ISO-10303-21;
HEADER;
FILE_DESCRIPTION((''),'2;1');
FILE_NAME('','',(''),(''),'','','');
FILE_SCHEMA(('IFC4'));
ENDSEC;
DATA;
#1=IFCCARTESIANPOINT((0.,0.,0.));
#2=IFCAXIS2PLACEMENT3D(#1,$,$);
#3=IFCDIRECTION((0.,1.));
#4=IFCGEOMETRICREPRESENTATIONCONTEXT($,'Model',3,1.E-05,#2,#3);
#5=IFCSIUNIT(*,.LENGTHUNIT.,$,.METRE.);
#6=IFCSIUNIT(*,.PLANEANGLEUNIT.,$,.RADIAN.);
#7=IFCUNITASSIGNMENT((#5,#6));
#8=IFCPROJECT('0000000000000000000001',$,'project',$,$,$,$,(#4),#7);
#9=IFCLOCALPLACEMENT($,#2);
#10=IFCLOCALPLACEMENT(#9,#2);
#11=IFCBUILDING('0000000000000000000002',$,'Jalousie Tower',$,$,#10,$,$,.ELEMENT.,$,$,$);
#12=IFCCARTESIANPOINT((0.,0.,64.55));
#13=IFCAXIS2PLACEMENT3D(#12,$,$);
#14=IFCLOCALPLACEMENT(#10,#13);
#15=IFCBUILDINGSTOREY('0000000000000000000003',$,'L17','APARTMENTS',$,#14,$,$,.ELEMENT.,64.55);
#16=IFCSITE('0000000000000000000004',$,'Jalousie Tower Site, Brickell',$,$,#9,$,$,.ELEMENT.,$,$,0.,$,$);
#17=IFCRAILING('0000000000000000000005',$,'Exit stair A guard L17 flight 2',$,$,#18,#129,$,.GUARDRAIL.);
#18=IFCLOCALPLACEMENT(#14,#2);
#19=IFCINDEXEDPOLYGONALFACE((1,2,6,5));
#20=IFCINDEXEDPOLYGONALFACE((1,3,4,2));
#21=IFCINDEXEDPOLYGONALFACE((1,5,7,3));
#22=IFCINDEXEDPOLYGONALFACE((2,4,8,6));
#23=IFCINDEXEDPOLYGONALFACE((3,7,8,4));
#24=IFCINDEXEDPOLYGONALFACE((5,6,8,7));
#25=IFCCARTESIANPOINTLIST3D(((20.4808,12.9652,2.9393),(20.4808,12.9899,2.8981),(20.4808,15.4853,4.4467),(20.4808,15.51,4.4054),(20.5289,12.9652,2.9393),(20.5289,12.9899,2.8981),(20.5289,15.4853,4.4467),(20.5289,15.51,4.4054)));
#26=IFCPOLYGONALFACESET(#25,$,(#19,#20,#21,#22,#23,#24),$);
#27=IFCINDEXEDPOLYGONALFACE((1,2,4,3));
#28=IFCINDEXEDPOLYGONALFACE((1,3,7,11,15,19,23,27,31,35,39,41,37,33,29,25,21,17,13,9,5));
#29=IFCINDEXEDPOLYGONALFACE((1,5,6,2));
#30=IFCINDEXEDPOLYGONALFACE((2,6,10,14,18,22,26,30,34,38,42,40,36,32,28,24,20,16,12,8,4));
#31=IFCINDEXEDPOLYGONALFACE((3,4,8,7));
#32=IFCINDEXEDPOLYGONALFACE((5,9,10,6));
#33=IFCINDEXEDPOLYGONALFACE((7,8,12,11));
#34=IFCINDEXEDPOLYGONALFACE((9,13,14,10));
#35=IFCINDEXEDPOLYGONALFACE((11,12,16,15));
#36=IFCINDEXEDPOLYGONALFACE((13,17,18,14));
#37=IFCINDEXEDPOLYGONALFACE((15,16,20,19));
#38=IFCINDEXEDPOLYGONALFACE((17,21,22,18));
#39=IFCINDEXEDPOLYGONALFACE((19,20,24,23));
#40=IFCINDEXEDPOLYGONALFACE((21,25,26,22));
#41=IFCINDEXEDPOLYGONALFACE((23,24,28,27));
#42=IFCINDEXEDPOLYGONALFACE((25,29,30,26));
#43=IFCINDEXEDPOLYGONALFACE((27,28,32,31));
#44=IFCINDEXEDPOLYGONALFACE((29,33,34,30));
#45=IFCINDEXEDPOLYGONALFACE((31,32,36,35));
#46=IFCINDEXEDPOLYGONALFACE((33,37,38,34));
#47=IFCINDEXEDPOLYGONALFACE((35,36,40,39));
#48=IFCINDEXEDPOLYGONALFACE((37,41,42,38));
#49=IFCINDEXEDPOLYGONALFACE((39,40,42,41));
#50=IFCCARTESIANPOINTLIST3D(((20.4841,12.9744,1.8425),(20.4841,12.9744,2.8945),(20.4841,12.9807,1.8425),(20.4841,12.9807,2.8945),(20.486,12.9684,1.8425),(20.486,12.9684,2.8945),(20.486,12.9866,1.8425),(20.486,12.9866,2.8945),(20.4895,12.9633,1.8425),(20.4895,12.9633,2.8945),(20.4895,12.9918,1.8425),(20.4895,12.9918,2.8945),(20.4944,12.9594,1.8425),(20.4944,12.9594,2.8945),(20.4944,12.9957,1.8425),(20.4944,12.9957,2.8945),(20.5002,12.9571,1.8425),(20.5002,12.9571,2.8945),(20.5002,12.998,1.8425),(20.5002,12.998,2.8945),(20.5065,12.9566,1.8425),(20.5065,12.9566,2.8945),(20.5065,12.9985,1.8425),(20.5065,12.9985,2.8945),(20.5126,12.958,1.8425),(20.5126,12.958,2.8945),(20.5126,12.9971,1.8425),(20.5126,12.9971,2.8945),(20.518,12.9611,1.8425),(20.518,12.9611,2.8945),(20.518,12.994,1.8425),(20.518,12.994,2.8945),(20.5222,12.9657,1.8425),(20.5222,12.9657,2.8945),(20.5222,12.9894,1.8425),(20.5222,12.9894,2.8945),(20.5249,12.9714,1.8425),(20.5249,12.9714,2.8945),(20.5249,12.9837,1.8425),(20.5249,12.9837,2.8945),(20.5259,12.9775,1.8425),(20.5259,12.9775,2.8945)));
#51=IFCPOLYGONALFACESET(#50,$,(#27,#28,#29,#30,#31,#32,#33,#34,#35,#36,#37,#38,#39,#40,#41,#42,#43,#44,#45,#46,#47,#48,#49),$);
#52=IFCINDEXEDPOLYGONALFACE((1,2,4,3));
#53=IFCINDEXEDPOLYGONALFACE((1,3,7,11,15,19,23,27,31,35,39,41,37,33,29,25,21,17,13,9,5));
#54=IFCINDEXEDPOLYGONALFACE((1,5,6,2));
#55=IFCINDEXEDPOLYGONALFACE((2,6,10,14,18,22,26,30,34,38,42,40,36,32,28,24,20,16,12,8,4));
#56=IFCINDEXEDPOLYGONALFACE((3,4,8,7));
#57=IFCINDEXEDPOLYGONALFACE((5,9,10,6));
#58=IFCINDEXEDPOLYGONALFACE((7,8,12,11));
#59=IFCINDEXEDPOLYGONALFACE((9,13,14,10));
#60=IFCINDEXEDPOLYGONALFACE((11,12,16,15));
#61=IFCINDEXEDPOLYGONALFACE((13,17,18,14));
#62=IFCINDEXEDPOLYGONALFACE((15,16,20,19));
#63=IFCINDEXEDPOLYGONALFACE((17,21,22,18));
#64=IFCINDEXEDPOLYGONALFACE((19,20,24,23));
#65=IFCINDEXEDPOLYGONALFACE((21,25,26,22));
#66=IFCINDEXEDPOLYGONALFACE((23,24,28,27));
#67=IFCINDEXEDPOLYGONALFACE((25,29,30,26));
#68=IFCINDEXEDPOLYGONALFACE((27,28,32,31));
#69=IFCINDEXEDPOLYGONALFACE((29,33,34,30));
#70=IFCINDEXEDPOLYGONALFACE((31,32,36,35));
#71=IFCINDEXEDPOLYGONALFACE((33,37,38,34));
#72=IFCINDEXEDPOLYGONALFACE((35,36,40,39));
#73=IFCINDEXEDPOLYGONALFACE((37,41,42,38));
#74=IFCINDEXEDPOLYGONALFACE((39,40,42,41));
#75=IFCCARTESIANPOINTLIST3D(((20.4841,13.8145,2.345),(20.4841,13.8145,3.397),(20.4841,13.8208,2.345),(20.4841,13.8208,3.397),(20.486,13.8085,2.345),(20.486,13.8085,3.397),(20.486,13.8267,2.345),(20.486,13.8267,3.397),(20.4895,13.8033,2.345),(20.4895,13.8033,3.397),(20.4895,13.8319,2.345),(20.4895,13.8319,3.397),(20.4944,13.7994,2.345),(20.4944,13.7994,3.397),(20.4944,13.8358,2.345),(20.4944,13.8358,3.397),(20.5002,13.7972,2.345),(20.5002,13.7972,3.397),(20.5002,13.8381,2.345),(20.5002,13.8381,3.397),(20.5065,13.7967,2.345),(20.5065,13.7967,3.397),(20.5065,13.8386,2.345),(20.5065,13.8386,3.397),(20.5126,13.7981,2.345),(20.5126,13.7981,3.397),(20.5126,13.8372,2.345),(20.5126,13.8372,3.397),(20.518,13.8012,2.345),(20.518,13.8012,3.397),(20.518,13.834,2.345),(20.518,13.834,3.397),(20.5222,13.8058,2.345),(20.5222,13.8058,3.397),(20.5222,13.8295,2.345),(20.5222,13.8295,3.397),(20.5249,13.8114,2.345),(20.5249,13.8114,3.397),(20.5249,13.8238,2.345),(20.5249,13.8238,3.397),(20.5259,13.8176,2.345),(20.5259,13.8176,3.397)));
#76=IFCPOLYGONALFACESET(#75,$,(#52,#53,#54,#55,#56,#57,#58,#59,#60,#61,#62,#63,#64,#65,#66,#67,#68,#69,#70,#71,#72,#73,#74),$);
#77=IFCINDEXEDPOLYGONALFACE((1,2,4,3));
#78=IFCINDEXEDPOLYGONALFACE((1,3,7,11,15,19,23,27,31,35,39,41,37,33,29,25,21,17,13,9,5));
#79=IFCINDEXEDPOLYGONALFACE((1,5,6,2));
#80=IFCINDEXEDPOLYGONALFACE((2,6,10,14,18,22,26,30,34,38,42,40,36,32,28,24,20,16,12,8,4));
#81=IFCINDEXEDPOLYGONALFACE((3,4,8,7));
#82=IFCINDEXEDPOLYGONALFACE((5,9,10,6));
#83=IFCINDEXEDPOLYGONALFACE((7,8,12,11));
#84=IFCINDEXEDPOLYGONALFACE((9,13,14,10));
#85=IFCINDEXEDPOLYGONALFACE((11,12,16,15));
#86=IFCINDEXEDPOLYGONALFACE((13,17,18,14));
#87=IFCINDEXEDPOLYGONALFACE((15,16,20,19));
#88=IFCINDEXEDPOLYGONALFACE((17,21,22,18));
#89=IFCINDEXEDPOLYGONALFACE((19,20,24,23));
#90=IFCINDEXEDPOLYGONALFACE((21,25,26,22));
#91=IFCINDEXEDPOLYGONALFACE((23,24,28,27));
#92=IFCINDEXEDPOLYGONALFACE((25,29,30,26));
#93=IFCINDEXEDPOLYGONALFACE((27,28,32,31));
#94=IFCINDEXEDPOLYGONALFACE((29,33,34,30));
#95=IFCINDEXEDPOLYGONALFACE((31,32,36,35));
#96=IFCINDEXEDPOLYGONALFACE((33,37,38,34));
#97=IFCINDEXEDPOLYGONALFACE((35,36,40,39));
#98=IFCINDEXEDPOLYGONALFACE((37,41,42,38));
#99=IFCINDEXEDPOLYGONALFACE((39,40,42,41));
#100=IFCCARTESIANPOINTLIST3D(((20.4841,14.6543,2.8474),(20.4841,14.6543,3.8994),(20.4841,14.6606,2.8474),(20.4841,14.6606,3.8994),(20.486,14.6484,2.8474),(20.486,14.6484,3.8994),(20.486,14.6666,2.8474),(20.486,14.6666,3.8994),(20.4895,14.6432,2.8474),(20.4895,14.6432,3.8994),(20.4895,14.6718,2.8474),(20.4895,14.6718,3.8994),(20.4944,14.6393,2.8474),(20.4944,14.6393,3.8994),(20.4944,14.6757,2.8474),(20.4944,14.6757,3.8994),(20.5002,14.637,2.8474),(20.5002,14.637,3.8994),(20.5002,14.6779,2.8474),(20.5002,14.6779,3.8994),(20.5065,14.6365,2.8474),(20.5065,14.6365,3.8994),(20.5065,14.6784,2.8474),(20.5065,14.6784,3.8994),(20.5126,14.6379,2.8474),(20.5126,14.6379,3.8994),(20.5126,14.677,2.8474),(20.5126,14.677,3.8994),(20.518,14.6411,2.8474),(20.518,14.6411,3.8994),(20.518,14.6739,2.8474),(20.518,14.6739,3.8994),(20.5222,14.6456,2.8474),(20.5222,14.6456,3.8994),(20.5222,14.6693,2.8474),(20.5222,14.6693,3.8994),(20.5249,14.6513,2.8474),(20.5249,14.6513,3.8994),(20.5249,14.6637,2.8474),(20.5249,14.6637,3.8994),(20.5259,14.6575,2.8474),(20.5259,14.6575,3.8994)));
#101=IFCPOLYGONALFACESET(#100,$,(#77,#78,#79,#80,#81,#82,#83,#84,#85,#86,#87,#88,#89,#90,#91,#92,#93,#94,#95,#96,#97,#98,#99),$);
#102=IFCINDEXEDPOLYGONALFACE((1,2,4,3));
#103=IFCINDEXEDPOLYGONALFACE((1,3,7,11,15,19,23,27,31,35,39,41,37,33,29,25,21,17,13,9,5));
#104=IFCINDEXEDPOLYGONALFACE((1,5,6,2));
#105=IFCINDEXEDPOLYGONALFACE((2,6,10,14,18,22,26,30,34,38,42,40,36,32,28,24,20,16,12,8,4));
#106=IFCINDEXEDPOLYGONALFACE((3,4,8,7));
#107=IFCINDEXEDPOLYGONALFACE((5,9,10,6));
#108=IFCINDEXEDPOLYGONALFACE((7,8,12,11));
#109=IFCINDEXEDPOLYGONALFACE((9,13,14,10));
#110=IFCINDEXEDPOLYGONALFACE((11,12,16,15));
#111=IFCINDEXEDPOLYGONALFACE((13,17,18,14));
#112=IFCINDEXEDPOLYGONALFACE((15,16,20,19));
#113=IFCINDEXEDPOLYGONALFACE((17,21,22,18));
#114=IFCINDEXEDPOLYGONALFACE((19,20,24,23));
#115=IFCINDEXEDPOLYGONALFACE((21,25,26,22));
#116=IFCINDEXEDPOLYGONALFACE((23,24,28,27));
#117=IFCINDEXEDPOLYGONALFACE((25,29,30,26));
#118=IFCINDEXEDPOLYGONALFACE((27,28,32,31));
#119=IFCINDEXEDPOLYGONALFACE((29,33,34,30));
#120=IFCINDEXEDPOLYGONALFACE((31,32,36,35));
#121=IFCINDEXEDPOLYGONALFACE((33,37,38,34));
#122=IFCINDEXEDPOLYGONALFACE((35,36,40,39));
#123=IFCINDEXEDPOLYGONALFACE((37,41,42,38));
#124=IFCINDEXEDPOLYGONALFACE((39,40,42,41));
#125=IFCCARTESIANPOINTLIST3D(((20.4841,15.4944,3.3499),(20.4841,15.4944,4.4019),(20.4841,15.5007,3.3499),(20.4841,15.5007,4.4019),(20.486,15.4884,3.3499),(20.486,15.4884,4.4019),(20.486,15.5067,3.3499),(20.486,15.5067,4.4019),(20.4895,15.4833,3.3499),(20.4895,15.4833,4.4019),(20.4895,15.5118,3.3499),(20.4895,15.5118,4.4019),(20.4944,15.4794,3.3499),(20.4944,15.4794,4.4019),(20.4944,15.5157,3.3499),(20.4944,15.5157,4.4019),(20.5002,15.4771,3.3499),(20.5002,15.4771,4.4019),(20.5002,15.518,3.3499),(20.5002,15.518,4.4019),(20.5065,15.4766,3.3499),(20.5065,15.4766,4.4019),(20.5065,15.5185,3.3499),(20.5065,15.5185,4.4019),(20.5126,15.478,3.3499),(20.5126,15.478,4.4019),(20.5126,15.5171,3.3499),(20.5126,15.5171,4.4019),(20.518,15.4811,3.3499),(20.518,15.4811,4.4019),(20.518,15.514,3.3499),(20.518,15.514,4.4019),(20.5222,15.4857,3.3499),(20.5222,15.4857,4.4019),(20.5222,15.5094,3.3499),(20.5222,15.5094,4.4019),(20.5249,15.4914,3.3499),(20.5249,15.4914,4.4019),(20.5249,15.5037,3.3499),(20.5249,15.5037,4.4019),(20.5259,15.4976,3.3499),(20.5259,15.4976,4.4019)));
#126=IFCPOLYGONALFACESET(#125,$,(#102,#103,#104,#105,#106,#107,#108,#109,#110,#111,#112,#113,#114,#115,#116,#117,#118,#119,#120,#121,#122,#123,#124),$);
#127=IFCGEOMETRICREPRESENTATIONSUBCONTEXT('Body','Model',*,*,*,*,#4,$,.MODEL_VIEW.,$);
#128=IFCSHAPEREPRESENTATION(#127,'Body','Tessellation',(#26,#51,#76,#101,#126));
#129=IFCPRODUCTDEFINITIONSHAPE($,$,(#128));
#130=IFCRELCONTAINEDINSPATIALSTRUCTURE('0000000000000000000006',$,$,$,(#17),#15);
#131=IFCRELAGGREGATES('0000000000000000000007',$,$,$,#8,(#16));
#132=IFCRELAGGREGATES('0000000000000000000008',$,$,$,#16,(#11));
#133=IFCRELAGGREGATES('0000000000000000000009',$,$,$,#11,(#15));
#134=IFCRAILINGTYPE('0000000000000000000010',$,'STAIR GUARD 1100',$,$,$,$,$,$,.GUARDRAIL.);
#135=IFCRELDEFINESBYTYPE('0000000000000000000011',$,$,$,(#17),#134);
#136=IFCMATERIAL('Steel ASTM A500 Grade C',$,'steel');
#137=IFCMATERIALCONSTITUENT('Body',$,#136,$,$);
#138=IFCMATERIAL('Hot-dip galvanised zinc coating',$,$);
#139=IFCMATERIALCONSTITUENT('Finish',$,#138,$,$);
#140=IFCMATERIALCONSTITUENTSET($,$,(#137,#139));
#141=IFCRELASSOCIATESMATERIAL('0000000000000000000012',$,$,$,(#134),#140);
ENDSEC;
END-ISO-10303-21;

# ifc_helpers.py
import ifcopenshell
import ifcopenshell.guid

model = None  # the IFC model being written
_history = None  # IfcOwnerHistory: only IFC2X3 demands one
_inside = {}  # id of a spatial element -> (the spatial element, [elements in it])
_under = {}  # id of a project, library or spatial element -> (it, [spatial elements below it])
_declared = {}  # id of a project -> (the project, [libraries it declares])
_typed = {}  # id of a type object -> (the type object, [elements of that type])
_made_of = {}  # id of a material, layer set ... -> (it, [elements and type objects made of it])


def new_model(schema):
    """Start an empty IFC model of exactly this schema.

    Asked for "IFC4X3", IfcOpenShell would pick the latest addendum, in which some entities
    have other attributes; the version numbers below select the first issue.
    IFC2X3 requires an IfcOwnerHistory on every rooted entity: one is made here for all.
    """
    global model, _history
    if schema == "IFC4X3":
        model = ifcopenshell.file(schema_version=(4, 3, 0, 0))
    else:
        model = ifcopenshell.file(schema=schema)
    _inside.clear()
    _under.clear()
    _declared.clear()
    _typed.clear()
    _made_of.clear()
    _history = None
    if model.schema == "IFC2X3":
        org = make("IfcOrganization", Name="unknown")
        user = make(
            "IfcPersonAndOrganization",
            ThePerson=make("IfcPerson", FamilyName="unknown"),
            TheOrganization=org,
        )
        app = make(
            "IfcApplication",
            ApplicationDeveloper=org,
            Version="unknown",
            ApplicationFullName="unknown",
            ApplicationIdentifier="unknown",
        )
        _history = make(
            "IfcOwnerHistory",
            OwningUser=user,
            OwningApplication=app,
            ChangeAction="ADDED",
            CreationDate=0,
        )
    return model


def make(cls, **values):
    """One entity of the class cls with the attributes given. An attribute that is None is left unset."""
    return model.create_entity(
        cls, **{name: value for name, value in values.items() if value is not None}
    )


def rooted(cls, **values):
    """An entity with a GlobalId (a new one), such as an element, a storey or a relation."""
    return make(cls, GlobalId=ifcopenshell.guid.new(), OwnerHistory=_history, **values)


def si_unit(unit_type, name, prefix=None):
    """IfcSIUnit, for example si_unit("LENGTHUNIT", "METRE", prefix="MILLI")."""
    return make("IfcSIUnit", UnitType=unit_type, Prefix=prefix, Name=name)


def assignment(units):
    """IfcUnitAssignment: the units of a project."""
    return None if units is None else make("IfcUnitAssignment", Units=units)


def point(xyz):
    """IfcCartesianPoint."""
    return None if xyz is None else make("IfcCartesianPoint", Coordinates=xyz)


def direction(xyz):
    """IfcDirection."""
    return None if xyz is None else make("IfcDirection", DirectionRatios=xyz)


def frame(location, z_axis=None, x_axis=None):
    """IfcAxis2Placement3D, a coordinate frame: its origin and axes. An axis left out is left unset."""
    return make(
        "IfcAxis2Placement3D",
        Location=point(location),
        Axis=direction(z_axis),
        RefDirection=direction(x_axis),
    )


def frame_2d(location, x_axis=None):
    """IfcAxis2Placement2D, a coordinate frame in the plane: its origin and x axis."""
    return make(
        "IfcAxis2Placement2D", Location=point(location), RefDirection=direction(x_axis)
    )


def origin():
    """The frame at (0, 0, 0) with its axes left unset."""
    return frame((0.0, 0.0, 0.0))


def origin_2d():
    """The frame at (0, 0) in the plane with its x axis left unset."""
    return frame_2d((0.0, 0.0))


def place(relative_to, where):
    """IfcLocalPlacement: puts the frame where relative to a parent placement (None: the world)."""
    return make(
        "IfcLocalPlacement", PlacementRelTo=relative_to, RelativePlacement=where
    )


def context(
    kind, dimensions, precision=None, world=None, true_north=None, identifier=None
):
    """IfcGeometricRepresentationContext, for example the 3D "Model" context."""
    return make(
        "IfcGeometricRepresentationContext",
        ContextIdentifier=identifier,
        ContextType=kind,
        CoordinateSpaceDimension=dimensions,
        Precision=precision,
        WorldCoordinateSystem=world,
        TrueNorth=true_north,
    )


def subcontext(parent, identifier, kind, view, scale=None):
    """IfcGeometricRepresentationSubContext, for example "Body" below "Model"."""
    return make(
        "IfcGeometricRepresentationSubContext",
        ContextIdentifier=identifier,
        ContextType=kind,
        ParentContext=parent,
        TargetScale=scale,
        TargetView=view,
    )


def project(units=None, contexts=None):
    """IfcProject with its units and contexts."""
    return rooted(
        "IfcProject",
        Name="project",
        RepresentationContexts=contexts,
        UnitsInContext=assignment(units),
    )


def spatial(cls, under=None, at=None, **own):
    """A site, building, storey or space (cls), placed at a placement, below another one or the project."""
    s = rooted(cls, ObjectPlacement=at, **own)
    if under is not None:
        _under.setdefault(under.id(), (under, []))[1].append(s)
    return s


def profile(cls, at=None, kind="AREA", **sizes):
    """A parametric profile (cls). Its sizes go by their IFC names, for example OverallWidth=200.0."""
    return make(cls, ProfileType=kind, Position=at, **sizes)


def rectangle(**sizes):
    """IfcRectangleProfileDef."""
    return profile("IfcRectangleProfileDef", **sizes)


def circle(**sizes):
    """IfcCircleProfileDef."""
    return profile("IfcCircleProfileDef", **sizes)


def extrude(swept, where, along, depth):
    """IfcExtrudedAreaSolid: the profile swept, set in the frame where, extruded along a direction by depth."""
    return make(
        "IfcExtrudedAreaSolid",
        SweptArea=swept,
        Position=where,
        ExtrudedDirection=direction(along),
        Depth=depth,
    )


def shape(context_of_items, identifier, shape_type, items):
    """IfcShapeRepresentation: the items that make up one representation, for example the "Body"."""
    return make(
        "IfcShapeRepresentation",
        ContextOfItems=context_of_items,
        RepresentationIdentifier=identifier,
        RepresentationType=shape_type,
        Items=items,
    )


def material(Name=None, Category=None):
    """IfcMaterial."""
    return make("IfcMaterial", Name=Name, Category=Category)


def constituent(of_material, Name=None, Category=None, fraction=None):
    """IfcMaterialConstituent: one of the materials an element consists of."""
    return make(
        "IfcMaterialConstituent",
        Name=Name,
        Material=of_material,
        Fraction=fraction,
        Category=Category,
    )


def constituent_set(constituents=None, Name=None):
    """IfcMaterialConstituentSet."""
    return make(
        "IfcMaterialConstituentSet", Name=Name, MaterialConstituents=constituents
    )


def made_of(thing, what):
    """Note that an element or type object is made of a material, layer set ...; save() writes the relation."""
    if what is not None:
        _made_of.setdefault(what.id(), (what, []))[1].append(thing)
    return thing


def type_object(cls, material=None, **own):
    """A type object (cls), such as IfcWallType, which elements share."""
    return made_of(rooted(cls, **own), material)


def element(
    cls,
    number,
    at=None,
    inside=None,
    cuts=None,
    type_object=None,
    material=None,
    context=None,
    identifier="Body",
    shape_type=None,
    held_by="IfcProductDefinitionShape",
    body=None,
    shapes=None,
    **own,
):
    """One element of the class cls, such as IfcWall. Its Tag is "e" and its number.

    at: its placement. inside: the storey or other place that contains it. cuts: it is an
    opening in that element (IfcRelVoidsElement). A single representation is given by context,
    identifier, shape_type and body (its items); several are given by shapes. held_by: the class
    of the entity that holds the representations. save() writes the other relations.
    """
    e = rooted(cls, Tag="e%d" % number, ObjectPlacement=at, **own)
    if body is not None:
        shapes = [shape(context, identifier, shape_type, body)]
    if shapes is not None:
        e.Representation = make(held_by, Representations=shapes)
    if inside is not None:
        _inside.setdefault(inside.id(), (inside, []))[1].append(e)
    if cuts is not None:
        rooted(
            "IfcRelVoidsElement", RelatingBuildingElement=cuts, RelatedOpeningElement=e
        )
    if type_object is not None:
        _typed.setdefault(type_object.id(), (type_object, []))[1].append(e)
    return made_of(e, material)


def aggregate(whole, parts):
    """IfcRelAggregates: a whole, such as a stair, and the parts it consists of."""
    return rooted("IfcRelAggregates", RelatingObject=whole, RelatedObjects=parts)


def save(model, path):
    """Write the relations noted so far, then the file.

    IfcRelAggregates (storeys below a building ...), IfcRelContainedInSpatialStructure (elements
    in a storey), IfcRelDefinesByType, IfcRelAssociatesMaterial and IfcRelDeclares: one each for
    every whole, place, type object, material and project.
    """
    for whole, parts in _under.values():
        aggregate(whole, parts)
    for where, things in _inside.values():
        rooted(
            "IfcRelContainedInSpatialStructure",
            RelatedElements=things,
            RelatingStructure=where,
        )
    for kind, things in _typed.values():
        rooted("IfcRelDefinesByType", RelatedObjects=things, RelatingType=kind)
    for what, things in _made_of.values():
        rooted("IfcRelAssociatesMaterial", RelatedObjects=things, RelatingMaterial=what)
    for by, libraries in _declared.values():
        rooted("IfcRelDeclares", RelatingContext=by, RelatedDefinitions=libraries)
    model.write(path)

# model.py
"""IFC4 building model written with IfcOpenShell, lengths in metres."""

from ifc_helpers import new_model, si_unit, direction, frame, origin, origin_2d, place, context, subcontext, project, spatial, rectangle, circle, extrude, material, constituent, constituent_set, type_object, element, save


model = new_model("IFC4")

# Units and contexts
model_context = context("Model", 3, precision=1e-05, world=origin(), true_north=direction((0.0, 1.0)))
body_context = subcontext(model_context, "Body", "Model", "MODEL_VIEW")
ifc_project = project(units=[si_unit("LENGTHUNIT", "METRE"), si_unit("PLANEANGLEUNIT", "RADIAN")], contexts=[model_context])

# Site, building, storey
site_placement = place(None, origin())
site = spatial("IfcSite", under=ifc_project, at=site_placement, Name="Jalousie Tower Site, Brickell", CompositionType="ELEMENT", RefElevation=0.0)
building_placement = place(site_placement, origin())
building = spatial("IfcBuilding", under=site, at=building_placement, Name="Jalousie Tower", CompositionType="ELEMENT")
storey_placement = place(building_placement, frame((0.0, 0.0, 64.55)))
storey = spatial("IfcBuildingStorey", under=building, at=storey_placement, Name="L17", Description="APARTMENTS", CompositionType="ELEMENT", Elevation=64.55)

# Railing
ifc_material_1 = material(Name="Steel ASTM A500 Grade C", Category="steel")
ifc_constituent_1 = constituent(ifc_material_1, Name="Body")
ifc_material_2 = material(Name="Hot-dip galvanised zinc coating")
ifc_constituent_2 = constituent(ifc_material_2, Name="Finish")
ifc_constituent_set_1 = constituent_set(constituents=[ifc_constituent_1, ifc_constituent_2])
railing_type_1 = type_object("IfcRailingType", Name="STAIR GUARD 1100", PredefinedType="GUARDRAIL", material=ifc_constituent_set_1)
railing_1_placement = place(storey_placement, frame((20.5049, 12.9775, 1.8425)))
element("IfcRailing", 1, at=railing_1_placement, inside=storey, type_object=railing_type_1, Name="Exit stair A guard L17 flight 2", PredefinedType="GUARDRAIL", context=body_context, shape_type="SweptSolid", body=[
    extrude(rectangle(XDim=0.0481, YDim=0.0481, at=origin_2d()), frame((0.0, 0.0, 1.0762), z_axis=(0.0, 0.858196, 0.513321), x_axis=(-1.0, 0.0, 0.0)), (0.0, 0.0, 1.0), 2.9365),
    extrude(circle(Radius=0.021, at=origin_2d()), origin(), (0.0, 0.0, 1.0), 1.052),
    extrude(circle(Radius=0.021, at=origin_2d()), frame((0.0, 0.8401, 0.5024)), (0.0, 0.0, 1.0), 1.052),
    extrude(circle(Radius=0.021, at=origin_2d()), frame((0.0, 1.6799, 1.0049)), (0.0, 0.0, 1.0), 1.052),
    extrude(circle(Radius=0.021, at=origin_2d()), frame((0.0, 2.52, 1.5073)), (0.0, 0.0, 1.0), 1.052),
])

save(model, "model.ifc")
